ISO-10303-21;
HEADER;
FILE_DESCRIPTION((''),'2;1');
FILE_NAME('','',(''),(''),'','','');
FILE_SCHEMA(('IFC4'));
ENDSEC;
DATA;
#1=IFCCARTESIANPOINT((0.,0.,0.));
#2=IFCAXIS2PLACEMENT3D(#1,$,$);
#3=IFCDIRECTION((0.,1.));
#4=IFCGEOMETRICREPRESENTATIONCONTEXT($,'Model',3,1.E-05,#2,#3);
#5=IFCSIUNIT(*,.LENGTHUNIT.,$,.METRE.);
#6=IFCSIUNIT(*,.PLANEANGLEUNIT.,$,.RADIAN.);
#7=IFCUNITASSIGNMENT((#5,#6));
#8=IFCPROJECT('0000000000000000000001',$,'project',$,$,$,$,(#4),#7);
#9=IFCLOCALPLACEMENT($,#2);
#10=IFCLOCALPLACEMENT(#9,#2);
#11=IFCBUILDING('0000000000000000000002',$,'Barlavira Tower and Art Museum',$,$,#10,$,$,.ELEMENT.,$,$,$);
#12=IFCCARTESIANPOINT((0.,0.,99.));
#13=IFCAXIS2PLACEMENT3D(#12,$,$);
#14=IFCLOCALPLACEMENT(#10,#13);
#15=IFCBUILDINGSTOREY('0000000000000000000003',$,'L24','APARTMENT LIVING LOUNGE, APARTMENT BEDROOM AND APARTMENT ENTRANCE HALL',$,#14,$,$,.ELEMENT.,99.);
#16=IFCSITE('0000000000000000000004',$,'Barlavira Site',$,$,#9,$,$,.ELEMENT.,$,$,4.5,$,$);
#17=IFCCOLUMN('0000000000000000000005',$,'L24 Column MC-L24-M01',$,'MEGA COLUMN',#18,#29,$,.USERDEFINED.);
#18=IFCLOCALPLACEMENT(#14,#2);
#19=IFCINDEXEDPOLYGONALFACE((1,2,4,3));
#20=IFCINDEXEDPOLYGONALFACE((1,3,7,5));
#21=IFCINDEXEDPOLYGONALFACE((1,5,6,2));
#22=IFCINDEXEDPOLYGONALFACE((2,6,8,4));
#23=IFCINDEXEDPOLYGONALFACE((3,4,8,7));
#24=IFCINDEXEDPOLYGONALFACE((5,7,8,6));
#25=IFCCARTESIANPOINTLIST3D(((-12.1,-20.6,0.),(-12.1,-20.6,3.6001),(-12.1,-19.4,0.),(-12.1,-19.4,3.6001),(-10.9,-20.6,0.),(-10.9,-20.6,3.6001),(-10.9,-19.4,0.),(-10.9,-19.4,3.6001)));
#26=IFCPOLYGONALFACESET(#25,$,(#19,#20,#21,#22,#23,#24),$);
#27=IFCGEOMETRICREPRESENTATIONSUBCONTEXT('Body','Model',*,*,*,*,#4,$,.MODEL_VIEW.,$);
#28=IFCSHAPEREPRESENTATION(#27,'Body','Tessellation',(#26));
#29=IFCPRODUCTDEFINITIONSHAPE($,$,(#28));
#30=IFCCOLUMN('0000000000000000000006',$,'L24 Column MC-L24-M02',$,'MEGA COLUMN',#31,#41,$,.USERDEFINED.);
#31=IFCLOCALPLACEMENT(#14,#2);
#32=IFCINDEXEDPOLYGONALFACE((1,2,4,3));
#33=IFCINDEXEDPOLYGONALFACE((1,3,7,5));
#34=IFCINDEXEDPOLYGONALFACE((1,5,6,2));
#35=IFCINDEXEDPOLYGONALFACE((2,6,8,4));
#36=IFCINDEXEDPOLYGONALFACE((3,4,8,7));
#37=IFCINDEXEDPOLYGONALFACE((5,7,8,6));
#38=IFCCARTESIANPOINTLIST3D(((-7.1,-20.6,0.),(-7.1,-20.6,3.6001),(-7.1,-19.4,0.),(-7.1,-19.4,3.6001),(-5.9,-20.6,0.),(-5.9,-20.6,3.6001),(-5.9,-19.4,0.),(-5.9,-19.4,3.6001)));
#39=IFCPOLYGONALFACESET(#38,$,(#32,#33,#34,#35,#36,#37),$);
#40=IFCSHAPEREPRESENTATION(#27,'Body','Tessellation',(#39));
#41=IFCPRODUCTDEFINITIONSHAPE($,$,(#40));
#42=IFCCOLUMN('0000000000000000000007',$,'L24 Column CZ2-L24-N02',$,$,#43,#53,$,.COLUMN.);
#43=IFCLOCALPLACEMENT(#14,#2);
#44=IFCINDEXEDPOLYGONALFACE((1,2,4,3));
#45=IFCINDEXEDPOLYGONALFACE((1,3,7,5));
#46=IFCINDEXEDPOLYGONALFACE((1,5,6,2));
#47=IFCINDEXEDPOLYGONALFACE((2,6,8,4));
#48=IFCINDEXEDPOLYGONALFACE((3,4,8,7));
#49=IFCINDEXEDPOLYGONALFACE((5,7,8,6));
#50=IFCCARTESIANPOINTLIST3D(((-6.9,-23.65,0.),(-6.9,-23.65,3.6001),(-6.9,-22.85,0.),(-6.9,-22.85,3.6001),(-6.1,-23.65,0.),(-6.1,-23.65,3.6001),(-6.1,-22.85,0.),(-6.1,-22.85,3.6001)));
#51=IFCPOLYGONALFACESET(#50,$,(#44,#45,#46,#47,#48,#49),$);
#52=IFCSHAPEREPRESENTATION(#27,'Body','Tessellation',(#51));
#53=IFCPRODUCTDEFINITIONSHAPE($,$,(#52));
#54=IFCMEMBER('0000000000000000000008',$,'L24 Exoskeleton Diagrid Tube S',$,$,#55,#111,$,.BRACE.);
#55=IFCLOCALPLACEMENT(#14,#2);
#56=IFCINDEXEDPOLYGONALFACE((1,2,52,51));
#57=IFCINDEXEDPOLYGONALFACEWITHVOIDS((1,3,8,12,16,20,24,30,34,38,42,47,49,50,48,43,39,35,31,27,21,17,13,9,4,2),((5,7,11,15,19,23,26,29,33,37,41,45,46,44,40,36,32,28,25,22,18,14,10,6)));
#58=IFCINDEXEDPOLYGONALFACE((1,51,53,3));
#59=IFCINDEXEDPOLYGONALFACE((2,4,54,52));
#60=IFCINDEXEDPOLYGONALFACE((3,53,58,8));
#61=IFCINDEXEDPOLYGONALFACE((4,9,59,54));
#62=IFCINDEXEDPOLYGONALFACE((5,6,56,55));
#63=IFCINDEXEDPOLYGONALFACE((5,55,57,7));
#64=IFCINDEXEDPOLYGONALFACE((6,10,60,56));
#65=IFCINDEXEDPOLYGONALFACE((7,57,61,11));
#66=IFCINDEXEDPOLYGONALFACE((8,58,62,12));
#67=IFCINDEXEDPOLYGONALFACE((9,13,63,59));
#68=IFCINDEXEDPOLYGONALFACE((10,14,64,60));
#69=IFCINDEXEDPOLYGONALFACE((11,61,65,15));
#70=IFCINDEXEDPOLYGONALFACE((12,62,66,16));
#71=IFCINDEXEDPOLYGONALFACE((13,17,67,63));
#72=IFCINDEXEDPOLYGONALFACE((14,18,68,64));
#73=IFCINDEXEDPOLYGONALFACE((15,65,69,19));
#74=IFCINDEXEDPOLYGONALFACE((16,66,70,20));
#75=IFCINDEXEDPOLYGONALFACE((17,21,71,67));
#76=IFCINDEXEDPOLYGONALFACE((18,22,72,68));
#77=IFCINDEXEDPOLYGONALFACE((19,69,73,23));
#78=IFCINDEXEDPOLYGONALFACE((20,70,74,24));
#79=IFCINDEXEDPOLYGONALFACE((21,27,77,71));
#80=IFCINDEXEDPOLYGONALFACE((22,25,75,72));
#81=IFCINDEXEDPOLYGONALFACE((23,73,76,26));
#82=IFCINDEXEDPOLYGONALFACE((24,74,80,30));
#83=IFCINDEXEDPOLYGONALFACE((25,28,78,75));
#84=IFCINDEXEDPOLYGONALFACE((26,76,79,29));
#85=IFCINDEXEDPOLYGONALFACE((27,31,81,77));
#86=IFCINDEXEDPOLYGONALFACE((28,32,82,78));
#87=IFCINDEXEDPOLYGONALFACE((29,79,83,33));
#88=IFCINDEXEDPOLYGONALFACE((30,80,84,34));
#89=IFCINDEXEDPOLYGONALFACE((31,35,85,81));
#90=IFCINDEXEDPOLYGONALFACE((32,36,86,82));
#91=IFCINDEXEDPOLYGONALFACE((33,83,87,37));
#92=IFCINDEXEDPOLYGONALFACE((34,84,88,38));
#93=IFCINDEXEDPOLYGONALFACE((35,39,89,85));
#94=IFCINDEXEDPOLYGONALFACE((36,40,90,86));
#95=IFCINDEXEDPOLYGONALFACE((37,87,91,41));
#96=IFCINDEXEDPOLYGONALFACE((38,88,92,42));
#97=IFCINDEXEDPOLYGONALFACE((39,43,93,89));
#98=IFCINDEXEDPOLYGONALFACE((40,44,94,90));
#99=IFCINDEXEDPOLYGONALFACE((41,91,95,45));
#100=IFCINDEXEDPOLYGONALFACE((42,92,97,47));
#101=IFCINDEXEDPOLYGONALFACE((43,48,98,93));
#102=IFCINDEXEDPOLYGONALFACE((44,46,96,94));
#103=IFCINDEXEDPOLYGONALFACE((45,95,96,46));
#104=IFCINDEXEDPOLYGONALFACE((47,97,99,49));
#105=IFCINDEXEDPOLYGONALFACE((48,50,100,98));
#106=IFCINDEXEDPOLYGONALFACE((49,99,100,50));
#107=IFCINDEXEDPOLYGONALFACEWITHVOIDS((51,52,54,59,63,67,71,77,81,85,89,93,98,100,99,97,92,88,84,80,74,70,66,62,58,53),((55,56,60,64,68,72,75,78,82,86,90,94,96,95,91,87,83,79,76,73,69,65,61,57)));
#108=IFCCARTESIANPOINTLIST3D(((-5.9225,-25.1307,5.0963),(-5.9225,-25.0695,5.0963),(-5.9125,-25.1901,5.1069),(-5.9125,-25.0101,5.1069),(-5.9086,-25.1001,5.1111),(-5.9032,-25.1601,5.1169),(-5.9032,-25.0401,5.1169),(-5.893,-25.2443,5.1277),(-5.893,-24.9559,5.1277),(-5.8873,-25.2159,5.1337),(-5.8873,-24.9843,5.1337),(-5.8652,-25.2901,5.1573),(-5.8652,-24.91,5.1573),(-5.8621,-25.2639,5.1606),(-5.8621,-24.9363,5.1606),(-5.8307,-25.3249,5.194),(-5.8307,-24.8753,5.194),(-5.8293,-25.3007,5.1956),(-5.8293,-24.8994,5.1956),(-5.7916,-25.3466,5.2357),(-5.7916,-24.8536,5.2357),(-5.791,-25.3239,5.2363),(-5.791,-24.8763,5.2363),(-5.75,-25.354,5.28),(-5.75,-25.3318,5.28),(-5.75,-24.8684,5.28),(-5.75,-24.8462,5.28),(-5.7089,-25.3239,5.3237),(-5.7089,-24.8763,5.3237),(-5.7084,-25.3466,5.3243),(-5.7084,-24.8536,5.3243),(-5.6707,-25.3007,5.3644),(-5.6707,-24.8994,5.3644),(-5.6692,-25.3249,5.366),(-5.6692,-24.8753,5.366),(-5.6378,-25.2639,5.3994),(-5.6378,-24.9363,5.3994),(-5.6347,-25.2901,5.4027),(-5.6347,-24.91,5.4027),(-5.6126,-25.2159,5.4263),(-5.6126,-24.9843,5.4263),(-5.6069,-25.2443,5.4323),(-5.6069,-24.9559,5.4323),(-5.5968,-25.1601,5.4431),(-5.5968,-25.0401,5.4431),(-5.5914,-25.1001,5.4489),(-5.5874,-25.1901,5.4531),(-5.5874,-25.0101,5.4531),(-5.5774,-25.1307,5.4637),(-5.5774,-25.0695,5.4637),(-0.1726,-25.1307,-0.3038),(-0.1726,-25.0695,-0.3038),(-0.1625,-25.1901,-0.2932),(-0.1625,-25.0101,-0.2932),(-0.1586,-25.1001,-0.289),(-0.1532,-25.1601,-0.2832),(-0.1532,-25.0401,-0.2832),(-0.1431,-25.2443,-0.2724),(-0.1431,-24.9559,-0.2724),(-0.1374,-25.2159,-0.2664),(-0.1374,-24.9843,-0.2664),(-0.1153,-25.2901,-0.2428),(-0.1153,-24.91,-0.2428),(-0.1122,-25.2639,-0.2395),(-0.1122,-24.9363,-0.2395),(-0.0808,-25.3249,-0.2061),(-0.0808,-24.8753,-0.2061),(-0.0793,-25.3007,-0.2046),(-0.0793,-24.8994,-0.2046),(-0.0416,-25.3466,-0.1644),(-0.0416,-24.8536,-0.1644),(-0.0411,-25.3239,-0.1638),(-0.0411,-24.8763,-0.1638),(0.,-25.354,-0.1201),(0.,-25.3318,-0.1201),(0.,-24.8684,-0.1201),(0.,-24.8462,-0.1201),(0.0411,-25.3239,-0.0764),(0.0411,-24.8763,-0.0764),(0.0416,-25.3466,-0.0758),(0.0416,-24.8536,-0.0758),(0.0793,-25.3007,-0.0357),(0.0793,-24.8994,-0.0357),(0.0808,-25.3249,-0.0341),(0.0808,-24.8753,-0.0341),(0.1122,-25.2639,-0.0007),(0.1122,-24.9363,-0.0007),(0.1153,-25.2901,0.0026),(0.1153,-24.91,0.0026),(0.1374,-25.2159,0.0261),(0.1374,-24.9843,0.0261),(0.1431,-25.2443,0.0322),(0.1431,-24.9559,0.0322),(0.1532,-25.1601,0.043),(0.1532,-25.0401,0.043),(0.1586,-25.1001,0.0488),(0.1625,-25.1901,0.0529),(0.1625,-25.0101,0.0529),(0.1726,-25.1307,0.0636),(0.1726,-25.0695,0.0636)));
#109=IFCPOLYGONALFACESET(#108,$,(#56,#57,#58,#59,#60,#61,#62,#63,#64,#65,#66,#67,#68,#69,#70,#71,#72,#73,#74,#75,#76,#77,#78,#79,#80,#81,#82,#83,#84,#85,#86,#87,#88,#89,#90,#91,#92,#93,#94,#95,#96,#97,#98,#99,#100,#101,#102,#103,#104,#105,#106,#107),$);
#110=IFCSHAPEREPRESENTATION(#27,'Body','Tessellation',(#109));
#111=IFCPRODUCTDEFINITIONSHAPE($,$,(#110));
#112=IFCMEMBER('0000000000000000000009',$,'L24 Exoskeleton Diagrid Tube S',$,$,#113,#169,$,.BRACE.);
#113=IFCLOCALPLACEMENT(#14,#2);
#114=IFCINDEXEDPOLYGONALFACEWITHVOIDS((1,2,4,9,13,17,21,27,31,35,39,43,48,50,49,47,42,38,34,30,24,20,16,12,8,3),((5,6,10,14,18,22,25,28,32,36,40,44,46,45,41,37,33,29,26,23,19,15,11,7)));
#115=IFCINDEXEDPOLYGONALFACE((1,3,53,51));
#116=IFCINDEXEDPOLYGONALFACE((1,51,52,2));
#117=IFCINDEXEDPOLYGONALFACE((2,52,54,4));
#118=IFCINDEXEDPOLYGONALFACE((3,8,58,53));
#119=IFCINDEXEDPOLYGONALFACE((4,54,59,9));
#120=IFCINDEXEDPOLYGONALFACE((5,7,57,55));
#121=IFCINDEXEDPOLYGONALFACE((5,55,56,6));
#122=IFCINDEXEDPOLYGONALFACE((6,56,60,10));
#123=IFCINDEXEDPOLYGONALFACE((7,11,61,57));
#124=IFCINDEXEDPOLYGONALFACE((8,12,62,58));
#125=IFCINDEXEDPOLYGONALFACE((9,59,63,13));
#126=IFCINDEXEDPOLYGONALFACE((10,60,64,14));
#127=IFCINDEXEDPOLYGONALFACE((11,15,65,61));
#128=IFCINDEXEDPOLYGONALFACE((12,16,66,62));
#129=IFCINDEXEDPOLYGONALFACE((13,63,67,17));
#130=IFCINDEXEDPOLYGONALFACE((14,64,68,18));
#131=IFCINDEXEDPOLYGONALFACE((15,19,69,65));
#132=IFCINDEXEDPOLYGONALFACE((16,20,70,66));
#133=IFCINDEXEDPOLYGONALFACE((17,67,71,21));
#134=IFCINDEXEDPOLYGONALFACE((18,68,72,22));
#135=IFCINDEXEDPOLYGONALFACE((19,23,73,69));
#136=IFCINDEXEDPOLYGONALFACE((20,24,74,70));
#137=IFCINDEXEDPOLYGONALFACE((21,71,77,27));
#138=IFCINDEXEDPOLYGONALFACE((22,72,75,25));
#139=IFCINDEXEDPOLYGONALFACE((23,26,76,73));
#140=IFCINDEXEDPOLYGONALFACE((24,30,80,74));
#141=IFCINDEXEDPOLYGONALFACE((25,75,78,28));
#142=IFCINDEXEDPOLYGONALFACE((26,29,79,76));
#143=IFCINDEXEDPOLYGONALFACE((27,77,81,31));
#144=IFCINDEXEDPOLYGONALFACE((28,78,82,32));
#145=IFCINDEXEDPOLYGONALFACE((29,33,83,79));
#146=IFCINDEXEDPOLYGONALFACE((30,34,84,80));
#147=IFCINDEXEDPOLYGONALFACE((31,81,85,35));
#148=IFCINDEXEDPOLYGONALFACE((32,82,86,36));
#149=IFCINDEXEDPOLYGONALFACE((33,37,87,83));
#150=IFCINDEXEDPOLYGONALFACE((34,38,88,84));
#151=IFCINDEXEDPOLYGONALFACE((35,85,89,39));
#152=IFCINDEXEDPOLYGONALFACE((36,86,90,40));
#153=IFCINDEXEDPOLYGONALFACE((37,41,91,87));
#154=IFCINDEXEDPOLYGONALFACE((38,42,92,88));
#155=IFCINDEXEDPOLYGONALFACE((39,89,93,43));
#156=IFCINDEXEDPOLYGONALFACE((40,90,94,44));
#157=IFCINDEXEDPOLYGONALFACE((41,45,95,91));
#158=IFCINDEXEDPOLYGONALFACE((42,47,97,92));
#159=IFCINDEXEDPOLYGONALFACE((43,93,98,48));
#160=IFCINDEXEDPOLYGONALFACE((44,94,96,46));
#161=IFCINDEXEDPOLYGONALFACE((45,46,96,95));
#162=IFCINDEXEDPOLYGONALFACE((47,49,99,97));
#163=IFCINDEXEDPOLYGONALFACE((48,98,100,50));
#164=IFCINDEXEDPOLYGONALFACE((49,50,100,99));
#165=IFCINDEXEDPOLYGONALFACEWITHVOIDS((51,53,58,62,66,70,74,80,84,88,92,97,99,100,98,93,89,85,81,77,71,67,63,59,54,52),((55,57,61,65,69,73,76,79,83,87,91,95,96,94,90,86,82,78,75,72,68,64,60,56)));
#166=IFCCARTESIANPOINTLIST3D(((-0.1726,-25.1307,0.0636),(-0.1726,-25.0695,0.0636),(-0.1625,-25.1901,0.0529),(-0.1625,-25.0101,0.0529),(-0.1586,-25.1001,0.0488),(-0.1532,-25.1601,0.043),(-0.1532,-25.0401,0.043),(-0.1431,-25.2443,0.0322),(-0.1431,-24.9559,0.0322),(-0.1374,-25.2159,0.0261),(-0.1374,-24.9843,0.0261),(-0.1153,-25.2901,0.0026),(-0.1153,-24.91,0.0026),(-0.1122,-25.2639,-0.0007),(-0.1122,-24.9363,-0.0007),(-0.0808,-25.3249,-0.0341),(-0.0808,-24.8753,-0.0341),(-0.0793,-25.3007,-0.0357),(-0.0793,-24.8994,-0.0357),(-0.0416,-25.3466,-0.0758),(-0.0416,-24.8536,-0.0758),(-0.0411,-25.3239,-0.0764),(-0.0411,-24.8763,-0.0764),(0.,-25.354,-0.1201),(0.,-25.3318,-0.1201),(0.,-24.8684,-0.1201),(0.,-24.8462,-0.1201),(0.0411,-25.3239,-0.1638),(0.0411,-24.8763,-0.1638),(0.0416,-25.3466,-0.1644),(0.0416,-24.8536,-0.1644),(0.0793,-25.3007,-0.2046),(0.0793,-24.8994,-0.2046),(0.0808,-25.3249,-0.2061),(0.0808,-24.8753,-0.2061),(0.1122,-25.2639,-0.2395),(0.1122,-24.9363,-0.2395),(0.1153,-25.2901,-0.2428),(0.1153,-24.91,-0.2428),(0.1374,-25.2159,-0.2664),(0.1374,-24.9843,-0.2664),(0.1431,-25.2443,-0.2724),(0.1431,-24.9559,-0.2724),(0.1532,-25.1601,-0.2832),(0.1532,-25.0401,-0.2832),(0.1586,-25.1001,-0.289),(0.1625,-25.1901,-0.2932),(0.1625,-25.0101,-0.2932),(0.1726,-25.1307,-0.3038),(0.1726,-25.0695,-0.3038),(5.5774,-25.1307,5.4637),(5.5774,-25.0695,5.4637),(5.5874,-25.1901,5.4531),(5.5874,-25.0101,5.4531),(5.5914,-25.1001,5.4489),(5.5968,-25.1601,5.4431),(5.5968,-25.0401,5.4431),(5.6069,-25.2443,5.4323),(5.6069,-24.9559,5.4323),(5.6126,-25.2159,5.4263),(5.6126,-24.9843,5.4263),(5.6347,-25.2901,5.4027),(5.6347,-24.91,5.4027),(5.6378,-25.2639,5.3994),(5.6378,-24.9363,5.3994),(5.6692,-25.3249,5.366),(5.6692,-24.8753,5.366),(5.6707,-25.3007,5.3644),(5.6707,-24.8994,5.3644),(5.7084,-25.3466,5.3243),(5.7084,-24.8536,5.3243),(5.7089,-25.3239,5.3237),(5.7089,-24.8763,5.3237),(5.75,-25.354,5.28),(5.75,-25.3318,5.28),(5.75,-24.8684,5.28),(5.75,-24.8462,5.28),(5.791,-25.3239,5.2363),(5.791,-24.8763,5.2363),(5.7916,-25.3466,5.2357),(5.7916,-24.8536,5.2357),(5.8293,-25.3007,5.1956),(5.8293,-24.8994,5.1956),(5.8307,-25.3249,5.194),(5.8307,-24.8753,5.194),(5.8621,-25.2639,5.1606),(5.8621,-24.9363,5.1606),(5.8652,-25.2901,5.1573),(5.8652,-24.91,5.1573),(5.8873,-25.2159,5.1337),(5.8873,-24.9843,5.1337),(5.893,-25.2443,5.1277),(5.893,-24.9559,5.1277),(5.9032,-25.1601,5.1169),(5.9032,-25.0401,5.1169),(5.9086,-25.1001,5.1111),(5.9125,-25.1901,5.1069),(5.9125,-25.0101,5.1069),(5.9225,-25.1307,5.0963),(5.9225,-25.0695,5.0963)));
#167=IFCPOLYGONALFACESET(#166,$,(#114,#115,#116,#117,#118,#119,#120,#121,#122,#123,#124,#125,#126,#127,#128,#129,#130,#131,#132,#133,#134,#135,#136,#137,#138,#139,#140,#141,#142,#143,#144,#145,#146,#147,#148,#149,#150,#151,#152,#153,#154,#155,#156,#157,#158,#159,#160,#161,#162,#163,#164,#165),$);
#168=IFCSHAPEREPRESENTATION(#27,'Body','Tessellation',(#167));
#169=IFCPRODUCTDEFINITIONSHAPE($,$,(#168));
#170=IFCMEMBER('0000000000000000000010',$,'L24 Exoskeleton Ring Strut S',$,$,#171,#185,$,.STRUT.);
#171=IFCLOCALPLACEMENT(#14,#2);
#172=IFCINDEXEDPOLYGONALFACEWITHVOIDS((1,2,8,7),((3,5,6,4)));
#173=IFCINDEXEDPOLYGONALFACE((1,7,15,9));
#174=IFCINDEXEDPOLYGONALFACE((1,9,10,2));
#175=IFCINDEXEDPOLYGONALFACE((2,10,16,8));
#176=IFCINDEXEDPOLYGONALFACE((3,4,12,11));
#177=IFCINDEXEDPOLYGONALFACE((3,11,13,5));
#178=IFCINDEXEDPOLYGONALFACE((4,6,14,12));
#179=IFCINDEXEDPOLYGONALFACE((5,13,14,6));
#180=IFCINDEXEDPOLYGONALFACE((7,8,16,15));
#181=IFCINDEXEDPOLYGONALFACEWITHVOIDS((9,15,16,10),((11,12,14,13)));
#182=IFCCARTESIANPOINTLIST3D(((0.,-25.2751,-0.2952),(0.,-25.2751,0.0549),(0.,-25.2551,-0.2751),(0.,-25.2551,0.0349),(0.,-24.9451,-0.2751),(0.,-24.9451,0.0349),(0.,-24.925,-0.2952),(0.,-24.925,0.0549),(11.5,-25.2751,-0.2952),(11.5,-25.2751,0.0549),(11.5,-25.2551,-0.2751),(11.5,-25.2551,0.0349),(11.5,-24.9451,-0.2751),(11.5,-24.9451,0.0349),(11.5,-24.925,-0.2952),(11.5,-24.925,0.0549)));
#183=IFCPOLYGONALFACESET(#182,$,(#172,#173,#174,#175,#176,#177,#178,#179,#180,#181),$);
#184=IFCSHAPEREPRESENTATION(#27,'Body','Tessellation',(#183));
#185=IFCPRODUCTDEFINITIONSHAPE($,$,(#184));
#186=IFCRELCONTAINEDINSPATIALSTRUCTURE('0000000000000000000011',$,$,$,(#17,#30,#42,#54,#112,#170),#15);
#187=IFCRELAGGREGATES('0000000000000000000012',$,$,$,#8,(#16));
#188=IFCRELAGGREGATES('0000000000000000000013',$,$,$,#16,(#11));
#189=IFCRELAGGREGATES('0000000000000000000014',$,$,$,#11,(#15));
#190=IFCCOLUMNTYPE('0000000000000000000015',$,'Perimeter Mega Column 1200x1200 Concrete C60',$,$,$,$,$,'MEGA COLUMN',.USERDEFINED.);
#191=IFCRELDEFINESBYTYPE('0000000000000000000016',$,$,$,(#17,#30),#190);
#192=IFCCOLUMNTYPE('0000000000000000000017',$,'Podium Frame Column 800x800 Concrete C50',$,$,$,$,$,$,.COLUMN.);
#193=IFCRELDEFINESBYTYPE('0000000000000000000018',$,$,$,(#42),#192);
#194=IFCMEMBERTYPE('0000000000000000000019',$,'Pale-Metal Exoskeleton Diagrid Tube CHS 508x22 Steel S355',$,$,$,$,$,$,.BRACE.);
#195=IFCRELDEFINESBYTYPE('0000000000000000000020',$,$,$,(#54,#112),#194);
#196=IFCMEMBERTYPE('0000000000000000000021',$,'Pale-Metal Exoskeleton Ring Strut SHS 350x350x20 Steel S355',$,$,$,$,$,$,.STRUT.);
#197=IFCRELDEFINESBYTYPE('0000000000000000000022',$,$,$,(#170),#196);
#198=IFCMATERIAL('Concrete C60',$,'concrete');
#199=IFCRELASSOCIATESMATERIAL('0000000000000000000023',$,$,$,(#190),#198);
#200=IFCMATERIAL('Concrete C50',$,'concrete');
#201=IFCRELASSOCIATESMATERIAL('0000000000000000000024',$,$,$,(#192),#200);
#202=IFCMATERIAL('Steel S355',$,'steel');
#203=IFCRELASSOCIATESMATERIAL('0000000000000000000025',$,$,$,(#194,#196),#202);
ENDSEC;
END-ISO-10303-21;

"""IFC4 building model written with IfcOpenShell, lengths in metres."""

from ifc_helpers import new_model, si_unit, direction, frame, origin, origin_2d, place, context, subcontext, project, spatial, rectangle, hollow_rectangle, hollow_circle, extrude, material, material_profile, profile_set, type_object, element, save


model = new_model("IFC4")

# Units and contexts
model_context = context("Model", 3, precision=1e-05, world=origin(), true_north=direction((0.0, 1.0)))
body_context = subcontext(model_context, "Body", "Model", "MODEL_VIEW")
ifc_project = project(units=[si_unit("LENGTHUNIT", "METRE"), si_unit("PLANEANGLEUNIT", "RADIAN")], contexts=[model_context])

# Site, building, storey
site_placement = place(None, origin())
site = spatial("IfcSite", under=ifc_project, at=site_placement, Name="Barlavira Site", CompositionType="ELEMENT", RefElevation=4.5)
building_placement = place(site_placement, origin())
building = spatial("IfcBuilding", under=site, at=building_placement, Name="Barlavira Tower and Art Museum", CompositionType="ELEMENT")
storey_placement = place(building_placement, frame((0.0, 0.0, 99.0)))
storey = spatial("IfcBuildingStorey", under=building, at=storey_placement, Name="L24", Description="APARTMENT LIVING LOUNGE, APARTMENT BEDROOM AND APARTMENT ENTRANCE HALL", CompositionType="ELEMENT", Elevation=99.0)

# Columns
ifc_material_1 = material(Name="Concrete C60", Category="concrete")
ifc_material_profile_1 = material_profile(ifc_material_1, rectangle(XDim=1.2, YDim=1.2, at=origin_2d()), Name="RC-COL 1200x1200")
ifc_profile_set_1 = profile_set([ifc_material_profile_1], Name="Concrete C60")
column_type_1 = type_object("IfcColumnType", Name="Perimeter Mega Column 1200x1200 Concrete C60", ElementType="MEGA COLUMN", PredefinedType="USERDEFINED", material=ifc_profile_set_1)
for number, where, z_axis, x_axis, name in (
    (1, (-11.5, -20.0, 0.0), (0.0, 0.0, 1.0), (1.0, 0.0, 0.0), "L24 Column MC-L24-M01"),
    (2, (-6.5, -20.0, 0.0), (0.0, 0.0, 1.0), (1.0, 0.0, 0.0), "L24 Column MC-L24-M02"),
):
    element("IfcColumn", number, at=place(storey_placement, frame(where, z_axis=z_axis, x_axis=x_axis)), inside=storey, type_object=column_type_1, Name=name, ObjectType="MEGA COLUMN", PredefinedType="USERDEFINED", context=body_context, shape_type="SweptSolid", body=[
        extrude(rectangle(XDim=1.2, YDim=1.2, at=origin_2d()), origin(), (0.0, 0.0, 1.0), 3.6001),
    ])
ifc_material_2 = material(Name="Concrete C50", Category="concrete")
ifc_material_profile_2 = material_profile(ifc_material_2, rectangle(XDim=0.8, YDim=0.8, at=origin_2d()), Name="RC-COL 800x800")
ifc_profile_set_2 = profile_set([ifc_material_profile_2], Name="Concrete C50")
column_type_2 = type_object("IfcColumnType", Name="Podium Frame Column 800x800 Concrete C50", PredefinedType="COLUMN", material=ifc_profile_set_2)
column_placement = place(storey_placement, frame((-6.5, -23.25, 0.0), z_axis=(0.0, 0.0, 1.0), x_axis=(1.0, 0.0, 0.0)))
element("IfcColumn", 3, at=column_placement, inside=storey, type_object=column_type_2, Name="L24 Column CZ2-L24-N02", PredefinedType="COLUMN", context=body_context, shape_type="SweptSolid", body=[
    extrude(rectangle(XDim=0.8, YDim=0.8, at=origin_2d()), origin(), (0.0, 0.0, 1.0), 3.6001),
])

# Members
ifc_material_3 = material(Name="Steel S355", Category="steel")
ifc_material_profile_3 = material_profile(ifc_material_3, hollow_circle(Radius=0.2539, WallThickness=0.0222, at=origin_2d()), Name="CHS 508.0x22.2")
ifc_profile_set_3 = profile_set([ifc_material_profile_3], Name="Steel S355")
member_type_1 = type_object("IfcMemberType", Name="Pale-Metal Exoskeleton Diagrid Tube CHS 508x22 Steel S355", PredefinedType="BRACE", material=ifc_profile_set_3)
for number, where, z_axis, x_axis, name in (
    (4, (0.0, -25.1001, -0.1201), (-0.728935, 0.0, 0.684583), (0.0, -1.0, 0.0), "L24 Exoskeleton Diagrid Tube S"),
    (5, (0.0, -25.1001, -0.1201), (0.728935, 0.0, 0.684583), (0.0, 1.0, 0.0), "L24 Exoskeleton Diagrid Tube S"),
):
    element("IfcMember", number, at=place(storey_placement, frame(where, z_axis=z_axis, x_axis=x_axis)), inside=storey, type_object=member_type_1, Name=name, PredefinedType="BRACE", context=body_context, shape_type="SweptSolid", body=[
        extrude(hollow_circle(Radius=0.2539, WallThickness=0.0222, at=origin_2d()), origin(), (0.0, 0.0, 1.0), 7.8882),
    ])
ifc_material_profile_4 = material_profile(ifc_material_3, hollow_rectangle(XDim=0.3501, YDim=0.3501, WallThickness=0.02, at=origin_2d()), Name="SHS 350x350x20.0")
ifc_profile_set_4 = profile_set([ifc_material_profile_4], Name="Steel S355")
member_type_2 = type_object("IfcMemberType", Name="Pale-Metal Exoskeleton Ring Strut SHS 350x350x20 Steel S355", PredefinedType="STRUT", material=ifc_profile_set_4)
member_placement = place(storey_placement, frame((0.0, -25.1001, -0.1201), z_axis=(1.0, 0.0, 0.0), x_axis=(0.0, 1.0, 0.0)))
element("IfcMember", 6, at=member_placement, inside=storey, type_object=member_type_2, Name="L24 Exoskeleton Ring Strut S", PredefinedType="STRUT", context=body_context, shape_type="SweptSolid", body=[
    extrude(hollow_rectangle(XDim=0.3501, YDim=0.3501, WallThickness=0.02, at=origin_2d()), origin(), (0.0, 0.0, 1.0), 11.5),
])

save(model, "model.ifc")
